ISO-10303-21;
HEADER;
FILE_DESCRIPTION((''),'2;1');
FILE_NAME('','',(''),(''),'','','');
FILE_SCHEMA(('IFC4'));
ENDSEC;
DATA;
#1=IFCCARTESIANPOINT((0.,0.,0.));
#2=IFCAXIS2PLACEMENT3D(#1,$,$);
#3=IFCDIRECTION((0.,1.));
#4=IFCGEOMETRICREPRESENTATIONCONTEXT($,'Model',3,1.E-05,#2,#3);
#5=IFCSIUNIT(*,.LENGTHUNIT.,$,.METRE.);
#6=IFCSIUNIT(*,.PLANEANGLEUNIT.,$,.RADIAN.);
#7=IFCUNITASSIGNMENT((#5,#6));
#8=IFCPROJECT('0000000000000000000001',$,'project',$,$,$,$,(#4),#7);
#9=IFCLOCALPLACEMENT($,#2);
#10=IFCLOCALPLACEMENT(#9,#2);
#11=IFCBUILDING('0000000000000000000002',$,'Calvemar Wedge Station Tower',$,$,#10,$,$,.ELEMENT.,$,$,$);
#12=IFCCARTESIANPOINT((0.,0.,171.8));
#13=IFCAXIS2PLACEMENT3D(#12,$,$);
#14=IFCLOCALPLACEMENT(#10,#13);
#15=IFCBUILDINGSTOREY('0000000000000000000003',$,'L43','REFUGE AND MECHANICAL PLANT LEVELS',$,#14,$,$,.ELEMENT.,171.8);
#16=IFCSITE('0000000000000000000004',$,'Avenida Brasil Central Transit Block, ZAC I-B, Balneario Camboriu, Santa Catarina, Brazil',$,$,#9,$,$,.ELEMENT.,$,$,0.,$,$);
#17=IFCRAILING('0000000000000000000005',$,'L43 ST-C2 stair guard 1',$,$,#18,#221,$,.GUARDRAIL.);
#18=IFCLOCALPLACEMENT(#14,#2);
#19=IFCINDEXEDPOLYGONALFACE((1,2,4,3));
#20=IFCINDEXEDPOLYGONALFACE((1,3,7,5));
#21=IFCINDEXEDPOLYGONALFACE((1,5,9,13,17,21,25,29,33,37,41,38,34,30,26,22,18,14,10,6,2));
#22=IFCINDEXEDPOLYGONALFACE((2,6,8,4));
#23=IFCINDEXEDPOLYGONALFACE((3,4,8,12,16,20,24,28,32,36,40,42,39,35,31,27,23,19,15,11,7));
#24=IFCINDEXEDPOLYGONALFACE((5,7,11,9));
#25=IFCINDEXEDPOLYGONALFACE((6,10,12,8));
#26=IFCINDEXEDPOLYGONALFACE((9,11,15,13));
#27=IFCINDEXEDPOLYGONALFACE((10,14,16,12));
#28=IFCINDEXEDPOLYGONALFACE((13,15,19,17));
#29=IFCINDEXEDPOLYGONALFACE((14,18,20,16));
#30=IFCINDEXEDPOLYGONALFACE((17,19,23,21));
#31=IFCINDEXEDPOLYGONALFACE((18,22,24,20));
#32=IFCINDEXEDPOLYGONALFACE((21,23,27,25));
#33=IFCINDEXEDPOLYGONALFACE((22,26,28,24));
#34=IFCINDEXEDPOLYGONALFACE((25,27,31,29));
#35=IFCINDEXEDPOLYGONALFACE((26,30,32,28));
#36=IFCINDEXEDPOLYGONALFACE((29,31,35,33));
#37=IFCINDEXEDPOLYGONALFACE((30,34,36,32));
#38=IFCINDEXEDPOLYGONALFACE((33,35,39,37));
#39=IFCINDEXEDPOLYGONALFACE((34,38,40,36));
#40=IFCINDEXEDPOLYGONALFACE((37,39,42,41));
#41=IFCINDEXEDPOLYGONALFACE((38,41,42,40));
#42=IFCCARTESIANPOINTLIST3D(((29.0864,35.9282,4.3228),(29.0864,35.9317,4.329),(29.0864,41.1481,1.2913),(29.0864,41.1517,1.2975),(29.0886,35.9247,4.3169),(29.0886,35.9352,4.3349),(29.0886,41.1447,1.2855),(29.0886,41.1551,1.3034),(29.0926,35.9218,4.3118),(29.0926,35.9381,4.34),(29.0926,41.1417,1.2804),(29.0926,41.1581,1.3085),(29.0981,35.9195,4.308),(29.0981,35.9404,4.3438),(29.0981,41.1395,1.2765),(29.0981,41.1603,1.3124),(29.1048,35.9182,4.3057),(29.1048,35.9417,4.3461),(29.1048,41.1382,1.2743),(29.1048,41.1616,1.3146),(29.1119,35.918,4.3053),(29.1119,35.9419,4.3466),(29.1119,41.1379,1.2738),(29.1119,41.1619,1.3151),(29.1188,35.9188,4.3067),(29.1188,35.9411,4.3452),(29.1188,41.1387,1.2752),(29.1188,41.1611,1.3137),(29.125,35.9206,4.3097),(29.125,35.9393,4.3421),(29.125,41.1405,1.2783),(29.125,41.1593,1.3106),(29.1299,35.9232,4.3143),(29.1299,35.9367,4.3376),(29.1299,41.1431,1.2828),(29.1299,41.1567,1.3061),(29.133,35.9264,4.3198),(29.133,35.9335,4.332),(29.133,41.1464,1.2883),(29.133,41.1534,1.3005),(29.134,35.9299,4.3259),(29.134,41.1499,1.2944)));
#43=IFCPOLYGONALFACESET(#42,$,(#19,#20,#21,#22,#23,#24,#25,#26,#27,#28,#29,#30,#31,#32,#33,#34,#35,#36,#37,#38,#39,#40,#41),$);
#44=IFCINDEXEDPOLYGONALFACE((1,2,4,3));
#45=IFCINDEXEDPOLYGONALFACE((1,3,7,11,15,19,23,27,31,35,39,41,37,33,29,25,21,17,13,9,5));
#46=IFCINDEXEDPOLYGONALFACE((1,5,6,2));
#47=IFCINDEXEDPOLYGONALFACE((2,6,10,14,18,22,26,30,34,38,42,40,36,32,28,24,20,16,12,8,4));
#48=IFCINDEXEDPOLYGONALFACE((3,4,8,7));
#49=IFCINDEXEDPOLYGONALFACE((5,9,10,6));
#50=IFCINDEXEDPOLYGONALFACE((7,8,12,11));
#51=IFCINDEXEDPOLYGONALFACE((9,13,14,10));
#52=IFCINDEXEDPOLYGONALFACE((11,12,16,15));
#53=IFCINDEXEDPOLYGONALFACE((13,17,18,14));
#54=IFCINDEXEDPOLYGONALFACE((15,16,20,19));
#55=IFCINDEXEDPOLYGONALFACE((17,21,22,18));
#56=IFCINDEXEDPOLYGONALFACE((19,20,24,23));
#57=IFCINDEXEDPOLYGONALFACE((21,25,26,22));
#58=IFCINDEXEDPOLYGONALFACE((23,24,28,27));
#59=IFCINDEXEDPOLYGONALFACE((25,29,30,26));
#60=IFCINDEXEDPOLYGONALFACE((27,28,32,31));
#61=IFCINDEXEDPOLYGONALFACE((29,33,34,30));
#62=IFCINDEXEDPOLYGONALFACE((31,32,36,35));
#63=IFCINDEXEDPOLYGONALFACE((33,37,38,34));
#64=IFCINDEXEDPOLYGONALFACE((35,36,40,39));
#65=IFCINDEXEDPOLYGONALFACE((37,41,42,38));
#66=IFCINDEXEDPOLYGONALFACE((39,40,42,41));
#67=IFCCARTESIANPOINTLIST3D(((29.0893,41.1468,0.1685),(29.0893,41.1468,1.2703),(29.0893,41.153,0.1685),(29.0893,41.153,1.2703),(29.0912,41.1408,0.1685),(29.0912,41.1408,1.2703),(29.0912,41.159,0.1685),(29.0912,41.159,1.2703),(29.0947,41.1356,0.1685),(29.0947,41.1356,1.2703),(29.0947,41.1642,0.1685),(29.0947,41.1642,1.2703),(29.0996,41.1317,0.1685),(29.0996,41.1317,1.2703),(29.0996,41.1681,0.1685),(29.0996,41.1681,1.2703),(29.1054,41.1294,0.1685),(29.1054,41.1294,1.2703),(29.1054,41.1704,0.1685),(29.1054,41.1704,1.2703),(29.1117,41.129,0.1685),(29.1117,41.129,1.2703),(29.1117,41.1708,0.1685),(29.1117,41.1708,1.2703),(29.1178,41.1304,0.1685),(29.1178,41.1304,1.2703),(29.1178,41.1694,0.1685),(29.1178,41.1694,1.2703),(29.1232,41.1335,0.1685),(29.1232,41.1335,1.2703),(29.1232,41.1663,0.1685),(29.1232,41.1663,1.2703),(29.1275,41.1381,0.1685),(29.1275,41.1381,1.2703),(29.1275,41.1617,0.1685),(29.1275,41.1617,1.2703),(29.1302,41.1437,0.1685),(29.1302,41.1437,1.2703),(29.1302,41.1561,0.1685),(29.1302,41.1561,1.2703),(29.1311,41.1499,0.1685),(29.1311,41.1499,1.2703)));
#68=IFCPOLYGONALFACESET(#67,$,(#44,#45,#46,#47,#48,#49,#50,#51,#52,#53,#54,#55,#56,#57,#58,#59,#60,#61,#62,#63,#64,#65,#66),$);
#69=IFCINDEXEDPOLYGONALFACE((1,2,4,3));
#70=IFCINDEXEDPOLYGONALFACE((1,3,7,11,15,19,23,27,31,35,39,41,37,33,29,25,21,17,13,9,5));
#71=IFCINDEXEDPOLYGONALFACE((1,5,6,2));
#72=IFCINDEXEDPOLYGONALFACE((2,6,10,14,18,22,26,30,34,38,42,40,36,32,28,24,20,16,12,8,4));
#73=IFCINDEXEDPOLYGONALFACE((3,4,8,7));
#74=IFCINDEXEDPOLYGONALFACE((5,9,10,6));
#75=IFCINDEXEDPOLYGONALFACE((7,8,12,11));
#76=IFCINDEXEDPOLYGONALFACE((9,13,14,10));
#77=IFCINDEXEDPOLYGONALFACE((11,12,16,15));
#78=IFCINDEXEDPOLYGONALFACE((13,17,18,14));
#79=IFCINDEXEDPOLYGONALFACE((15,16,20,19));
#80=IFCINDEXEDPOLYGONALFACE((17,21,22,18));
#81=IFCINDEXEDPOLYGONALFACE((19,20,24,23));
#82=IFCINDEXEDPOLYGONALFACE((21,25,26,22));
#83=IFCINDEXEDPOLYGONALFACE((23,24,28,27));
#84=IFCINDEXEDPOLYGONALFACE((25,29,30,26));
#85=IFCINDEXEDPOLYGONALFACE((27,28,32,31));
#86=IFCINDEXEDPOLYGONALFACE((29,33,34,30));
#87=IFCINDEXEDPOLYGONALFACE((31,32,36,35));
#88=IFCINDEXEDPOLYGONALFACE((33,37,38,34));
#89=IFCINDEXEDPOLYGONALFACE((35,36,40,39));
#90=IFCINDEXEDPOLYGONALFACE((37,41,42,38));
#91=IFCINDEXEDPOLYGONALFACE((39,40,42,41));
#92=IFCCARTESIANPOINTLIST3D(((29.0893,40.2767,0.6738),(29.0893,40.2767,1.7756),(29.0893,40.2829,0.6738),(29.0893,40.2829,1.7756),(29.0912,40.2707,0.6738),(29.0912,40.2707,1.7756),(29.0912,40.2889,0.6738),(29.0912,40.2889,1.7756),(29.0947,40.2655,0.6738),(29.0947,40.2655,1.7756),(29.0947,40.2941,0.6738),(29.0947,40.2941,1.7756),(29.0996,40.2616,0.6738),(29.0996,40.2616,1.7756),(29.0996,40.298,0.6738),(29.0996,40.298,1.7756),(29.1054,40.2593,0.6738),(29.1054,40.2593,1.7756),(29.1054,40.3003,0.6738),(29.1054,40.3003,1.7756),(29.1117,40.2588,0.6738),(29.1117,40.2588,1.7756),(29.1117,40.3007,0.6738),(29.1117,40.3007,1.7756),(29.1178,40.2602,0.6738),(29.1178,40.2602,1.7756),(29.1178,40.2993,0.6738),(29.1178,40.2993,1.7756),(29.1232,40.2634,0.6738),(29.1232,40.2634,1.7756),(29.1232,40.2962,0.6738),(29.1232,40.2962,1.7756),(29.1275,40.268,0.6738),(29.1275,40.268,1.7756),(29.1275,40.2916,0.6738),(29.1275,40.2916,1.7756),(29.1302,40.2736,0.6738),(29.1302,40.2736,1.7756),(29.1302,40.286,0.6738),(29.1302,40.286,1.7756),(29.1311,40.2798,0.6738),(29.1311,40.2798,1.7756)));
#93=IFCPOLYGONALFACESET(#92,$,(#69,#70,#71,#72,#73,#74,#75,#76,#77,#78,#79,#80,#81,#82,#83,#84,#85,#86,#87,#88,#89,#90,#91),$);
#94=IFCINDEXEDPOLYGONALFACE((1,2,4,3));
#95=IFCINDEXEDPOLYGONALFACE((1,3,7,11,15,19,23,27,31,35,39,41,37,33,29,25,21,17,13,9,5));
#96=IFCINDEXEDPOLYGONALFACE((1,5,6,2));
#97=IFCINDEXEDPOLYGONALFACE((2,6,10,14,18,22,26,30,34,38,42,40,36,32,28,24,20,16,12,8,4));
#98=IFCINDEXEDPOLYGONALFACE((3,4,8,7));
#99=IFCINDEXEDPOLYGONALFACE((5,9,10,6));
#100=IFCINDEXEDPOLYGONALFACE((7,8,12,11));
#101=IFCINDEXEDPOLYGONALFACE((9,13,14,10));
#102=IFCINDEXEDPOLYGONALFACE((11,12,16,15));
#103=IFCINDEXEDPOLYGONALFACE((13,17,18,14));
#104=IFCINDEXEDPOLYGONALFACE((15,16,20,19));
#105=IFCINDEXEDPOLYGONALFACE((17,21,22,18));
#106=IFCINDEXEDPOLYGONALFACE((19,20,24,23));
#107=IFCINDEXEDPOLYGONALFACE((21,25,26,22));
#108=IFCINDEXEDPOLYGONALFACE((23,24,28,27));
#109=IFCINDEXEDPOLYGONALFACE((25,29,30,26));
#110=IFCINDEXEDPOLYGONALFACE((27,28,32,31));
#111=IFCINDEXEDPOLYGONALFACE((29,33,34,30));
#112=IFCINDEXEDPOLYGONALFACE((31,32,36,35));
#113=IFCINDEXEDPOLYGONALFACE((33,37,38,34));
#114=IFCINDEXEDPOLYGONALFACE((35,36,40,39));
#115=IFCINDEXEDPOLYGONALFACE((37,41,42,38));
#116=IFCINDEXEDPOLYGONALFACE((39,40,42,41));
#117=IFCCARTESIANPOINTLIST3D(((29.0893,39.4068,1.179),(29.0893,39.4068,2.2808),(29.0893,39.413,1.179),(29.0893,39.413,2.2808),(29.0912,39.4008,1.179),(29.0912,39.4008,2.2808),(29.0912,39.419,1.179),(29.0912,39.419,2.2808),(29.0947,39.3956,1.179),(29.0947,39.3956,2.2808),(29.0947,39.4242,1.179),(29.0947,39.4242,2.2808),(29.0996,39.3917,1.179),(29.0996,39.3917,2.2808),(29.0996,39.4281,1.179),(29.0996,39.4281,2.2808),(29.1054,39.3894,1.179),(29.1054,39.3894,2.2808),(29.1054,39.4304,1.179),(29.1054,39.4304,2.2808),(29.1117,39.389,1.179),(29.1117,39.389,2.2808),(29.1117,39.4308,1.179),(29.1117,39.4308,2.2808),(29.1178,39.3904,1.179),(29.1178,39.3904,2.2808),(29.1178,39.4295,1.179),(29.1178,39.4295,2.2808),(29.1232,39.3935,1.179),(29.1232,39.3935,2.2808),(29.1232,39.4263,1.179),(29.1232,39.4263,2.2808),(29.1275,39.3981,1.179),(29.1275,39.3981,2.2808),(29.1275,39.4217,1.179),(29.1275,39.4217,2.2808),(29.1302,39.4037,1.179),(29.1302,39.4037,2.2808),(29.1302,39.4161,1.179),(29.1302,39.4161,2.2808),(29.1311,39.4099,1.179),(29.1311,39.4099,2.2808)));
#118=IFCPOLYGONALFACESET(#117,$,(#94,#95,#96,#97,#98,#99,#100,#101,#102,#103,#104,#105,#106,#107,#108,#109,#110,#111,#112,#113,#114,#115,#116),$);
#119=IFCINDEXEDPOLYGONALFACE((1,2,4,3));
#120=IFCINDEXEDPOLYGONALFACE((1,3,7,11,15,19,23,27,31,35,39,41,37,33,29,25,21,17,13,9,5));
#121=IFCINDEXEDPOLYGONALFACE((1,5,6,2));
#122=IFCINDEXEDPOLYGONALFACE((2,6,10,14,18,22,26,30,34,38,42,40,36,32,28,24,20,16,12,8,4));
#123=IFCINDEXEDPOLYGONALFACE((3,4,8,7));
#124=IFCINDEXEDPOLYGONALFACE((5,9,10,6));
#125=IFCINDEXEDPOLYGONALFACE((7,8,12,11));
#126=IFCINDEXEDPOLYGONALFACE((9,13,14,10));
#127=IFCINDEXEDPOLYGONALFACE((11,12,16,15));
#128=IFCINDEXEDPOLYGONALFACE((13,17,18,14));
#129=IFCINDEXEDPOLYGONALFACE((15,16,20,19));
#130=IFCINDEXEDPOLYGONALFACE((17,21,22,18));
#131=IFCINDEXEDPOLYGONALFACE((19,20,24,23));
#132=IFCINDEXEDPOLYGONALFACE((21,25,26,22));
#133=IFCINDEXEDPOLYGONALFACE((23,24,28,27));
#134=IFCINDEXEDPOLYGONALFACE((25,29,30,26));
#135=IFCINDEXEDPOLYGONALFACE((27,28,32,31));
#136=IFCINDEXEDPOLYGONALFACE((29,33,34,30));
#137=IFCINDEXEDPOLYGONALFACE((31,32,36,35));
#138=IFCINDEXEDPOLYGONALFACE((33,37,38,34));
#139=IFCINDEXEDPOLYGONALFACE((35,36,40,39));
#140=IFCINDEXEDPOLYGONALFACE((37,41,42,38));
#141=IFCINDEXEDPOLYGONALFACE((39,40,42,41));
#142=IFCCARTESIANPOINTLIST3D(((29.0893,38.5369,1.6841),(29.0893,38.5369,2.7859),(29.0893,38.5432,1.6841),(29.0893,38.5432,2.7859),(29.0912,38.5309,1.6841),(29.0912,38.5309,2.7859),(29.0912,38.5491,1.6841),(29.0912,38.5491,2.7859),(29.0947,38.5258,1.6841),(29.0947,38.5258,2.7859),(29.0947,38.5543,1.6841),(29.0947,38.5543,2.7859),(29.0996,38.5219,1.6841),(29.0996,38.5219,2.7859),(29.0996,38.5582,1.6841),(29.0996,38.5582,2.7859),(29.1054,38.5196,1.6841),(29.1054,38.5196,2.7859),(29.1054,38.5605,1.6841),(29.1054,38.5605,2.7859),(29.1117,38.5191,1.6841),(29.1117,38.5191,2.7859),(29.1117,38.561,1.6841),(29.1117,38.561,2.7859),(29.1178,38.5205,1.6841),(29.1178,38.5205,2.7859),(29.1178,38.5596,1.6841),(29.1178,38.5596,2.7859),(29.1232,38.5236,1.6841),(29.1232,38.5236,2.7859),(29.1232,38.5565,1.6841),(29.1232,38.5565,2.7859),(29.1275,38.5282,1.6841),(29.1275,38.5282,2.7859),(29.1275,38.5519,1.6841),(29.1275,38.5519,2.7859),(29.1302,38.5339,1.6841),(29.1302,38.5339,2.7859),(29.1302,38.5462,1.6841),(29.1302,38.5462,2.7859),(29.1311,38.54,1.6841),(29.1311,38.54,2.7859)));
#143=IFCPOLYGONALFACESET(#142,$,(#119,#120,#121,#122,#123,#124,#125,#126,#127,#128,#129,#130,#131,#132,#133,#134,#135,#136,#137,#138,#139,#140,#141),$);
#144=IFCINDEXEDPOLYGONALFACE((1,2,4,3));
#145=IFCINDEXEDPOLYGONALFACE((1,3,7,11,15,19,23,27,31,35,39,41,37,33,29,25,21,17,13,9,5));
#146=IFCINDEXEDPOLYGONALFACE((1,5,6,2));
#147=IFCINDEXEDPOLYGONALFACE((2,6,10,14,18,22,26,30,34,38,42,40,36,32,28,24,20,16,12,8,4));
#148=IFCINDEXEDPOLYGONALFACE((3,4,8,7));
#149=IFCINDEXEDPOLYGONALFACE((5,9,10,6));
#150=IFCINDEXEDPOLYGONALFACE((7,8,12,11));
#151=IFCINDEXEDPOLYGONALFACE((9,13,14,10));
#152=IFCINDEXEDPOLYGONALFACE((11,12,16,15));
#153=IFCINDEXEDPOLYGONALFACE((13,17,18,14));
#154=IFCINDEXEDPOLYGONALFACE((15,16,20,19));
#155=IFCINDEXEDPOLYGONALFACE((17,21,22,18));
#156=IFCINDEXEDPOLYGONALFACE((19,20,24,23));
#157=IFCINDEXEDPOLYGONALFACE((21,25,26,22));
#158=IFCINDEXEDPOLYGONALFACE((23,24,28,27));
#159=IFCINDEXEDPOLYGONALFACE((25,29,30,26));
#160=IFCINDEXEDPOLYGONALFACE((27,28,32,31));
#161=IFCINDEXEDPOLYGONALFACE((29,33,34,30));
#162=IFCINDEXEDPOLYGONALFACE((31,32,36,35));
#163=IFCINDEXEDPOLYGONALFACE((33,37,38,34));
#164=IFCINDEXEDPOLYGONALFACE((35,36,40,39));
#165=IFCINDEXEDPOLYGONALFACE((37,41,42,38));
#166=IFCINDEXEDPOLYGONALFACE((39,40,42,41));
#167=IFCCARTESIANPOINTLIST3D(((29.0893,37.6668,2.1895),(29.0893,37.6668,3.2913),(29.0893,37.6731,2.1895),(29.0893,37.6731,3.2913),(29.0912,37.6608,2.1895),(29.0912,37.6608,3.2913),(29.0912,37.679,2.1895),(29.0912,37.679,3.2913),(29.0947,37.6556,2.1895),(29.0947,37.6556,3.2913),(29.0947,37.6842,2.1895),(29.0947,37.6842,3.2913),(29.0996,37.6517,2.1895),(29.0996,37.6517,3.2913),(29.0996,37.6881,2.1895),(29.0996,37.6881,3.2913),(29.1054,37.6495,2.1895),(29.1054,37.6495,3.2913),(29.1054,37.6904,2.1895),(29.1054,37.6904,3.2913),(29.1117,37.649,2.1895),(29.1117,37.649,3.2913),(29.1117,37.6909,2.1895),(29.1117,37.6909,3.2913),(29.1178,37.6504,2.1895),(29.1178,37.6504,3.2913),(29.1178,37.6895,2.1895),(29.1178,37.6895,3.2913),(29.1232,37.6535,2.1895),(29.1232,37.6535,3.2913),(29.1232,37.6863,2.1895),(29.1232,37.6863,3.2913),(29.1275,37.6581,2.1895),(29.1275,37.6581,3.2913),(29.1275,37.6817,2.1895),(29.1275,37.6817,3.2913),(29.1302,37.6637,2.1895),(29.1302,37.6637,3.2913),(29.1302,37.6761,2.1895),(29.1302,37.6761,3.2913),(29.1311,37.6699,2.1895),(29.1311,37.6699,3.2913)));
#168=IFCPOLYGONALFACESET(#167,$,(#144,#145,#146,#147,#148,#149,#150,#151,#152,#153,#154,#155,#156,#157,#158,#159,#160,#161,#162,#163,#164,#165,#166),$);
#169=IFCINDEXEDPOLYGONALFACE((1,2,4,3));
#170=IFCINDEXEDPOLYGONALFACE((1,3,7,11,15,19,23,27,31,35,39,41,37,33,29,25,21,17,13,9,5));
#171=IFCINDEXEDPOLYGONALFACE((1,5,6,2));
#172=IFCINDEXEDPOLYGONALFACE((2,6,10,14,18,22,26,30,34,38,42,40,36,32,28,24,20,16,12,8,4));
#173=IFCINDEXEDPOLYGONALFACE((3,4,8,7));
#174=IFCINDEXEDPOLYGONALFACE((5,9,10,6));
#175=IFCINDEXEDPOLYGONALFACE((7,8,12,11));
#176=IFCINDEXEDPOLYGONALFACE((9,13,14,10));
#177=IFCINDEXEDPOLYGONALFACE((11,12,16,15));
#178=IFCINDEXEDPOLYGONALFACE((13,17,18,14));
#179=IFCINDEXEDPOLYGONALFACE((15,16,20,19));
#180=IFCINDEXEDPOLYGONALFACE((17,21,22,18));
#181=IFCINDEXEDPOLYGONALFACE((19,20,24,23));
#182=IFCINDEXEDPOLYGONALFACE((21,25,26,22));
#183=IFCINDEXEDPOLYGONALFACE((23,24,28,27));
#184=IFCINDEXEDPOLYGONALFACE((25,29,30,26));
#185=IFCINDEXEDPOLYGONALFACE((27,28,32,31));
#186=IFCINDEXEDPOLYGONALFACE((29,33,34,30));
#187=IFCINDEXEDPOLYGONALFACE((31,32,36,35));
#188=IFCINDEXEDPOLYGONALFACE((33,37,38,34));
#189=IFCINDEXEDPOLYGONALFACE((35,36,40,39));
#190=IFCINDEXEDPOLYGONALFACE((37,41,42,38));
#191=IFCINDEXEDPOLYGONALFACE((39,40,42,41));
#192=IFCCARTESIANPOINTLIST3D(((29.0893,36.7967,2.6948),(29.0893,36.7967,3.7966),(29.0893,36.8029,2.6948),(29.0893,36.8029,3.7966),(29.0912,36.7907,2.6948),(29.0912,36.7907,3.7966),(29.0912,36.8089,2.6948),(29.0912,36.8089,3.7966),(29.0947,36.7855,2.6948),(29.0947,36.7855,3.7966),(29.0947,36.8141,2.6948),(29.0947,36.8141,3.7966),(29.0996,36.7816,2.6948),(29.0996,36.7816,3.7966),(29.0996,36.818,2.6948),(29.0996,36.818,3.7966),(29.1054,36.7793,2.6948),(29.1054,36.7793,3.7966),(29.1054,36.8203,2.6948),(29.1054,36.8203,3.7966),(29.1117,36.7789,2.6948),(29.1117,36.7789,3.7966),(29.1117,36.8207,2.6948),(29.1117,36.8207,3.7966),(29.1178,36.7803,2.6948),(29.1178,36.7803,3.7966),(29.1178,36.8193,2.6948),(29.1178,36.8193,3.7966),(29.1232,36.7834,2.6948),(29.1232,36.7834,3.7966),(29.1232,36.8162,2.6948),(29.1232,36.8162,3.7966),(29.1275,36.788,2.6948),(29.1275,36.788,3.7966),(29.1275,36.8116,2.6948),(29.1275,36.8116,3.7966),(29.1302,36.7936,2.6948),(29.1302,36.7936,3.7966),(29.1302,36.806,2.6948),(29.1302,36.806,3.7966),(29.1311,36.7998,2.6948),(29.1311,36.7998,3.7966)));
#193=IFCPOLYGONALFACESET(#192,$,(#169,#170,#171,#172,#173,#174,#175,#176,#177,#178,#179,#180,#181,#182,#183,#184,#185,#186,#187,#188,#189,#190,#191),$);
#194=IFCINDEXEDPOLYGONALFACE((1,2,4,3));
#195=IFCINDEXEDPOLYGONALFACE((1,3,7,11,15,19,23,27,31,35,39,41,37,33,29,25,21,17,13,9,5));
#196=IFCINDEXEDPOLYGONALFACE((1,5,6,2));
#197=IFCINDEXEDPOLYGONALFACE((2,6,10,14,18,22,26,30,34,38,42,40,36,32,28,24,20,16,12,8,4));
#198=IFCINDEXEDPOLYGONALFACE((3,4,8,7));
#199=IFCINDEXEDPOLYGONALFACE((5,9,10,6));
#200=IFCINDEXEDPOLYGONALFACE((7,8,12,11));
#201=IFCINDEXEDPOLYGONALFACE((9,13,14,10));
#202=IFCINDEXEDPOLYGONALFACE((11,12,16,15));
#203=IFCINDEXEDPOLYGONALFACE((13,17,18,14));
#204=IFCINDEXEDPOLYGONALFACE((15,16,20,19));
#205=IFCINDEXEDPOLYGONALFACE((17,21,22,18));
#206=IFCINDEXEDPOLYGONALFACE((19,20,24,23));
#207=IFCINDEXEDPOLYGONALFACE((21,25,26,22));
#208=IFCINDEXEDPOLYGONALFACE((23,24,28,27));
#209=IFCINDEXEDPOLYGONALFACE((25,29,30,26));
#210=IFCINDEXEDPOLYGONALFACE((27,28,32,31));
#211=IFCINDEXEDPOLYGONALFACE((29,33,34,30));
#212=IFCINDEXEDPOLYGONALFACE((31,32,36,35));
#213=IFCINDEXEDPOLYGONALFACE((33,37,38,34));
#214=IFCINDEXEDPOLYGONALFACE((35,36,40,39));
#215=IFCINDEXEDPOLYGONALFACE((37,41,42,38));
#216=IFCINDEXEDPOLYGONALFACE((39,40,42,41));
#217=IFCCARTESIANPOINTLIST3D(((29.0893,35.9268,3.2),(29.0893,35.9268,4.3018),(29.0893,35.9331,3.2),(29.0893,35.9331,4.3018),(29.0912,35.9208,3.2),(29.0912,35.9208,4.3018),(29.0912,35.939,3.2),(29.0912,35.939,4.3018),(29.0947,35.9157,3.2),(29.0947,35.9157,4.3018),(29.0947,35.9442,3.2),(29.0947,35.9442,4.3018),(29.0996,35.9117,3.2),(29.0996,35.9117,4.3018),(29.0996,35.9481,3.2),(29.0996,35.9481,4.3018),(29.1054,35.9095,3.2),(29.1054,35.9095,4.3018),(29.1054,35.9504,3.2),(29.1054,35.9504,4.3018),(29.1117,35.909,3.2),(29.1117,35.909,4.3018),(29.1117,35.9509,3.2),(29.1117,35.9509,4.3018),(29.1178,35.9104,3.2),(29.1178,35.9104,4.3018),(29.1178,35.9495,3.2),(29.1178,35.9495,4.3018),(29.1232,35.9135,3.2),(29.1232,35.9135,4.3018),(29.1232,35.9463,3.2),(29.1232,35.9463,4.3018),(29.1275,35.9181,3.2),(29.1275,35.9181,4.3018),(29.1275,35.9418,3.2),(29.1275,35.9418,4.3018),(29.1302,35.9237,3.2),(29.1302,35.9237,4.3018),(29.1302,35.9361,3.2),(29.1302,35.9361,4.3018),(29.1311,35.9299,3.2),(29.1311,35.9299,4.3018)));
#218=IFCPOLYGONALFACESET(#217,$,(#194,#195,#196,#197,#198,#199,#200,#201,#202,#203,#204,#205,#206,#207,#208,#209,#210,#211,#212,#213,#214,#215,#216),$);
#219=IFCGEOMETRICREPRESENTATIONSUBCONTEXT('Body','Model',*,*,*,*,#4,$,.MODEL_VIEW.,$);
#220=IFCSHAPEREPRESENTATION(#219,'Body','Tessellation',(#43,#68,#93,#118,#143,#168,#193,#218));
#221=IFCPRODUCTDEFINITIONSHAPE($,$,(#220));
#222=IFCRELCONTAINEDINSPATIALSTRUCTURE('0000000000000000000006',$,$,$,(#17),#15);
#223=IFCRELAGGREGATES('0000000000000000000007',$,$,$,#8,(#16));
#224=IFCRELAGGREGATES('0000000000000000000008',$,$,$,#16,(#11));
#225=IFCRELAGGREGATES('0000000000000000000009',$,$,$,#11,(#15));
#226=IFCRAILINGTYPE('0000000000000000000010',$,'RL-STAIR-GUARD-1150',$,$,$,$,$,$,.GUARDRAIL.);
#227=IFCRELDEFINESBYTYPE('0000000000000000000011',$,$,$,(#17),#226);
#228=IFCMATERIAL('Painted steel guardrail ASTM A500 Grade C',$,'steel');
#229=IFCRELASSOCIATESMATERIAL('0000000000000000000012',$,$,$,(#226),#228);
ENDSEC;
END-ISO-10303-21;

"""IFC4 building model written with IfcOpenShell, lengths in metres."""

from ifc_helpers import new_model, si_unit, direction, frame, origin, origin_2d, place, context, subcontext, project, spatial, circle, extrude, material, type_object, element, save


model = new_model("IFC4")

# Units and contexts
model_context = context("Model", 3, precision=1e-05, world=origin(), true_north=direction((0.0, 1.0)))
body_context = subcontext(model_context, "Body", "Model", "MODEL_VIEW")
ifc_project = project(units=[si_unit("LENGTHUNIT", "METRE"), si_unit("PLANEANGLEUNIT", "RADIAN")], contexts=[model_context])

# Site, building, storey
site_placement = place(None, origin())
site = spatial("IfcSite", under=ifc_project, at=site_placement, Name="Avenida Brasil Central Transit Block, ZAC I-B, Balneario Camboriu, Santa Catarina, Brazil", CompositionType="ELEMENT", RefElevation=0.0)
building_placement = place(site_placement, origin())
building = spatial("IfcBuilding", under=site, at=building_placement, Name="Calvemar Wedge Station Tower", CompositionType="ELEMENT")
storey_placement = place(building_placement, frame((0.0, 0.0, 171.8)))
storey = spatial("IfcBuildingStorey", under=building, at=storey_placement, Name="L43", Description="REFUGE AND MECHANICAL PLANT LEVELS", CompositionType="ELEMENT", Elevation=171.8)

# Railing
ifc_material_1 = material(Name="Painted steel guardrail ASTM A500 Grade C", Category="steel")
railing_type = type_object("IfcRailingType", Name="RL-STAIR-GUARD-1150", PredefinedType="GUARDRAIL", material=ifc_material_1)
railing_1_placement = place(storey_placement, frame((29.1101, 41.1499, 0.1685)))
element("IfcRailing", 1, at=railing_1_placement, inside=storey, type_object=railing_type, Name="L43 ST-C2 stair guard 1", PredefinedType="GUARDRAIL", context=body_context, shape_type="SweptSolid", body=[
    extrude(circle(Radius=0.0239, at=origin_2d()), frame((0.0, 0.0, 1.126), z_axis=(0.0, -0.86475, 0.502203), x_axis=(1.0, 0.0, 0.0)), (0.0, 0.0, 1.0), 6.0364),
    extrude(circle(Radius=0.021, at=origin_2d()), origin(), (0.0, 0.0, 1.0), 1.1018),
    extrude(circle(Radius=0.021, at=origin_2d()), frame((0.0, -0.8701, 0.5054)), (0.0, 0.0, 1.0), 1.1018),
    extrude(circle(Radius=0.021, at=origin_2d()), frame((0.0, -1.74, 1.0105)), (0.0, 0.0, 1.0), 1.1018),
    extrude(circle(Radius=0.021, at=origin_2d()), frame((0.0, -2.6099, 1.5156)), (0.0, 0.0, 1.0), 1.1018),
    extrude(circle(Radius=0.021, at=origin_2d()), frame((0.0, -3.48, 2.021)), (0.0, 0.0, 1.0), 1.1018),
    extrude(circle(Radius=0.021, at=origin_2d()), frame((0.0, -4.3501, 2.5264)), (0.0, 0.0, 1.0), 1.1018),
    extrude(circle(Radius=0.021, at=origin_2d()), frame((0.0, -5.22, 3.0315)), (0.0, 0.0, 1.0), 1.1018),
])

save(model, "model.ifc")
